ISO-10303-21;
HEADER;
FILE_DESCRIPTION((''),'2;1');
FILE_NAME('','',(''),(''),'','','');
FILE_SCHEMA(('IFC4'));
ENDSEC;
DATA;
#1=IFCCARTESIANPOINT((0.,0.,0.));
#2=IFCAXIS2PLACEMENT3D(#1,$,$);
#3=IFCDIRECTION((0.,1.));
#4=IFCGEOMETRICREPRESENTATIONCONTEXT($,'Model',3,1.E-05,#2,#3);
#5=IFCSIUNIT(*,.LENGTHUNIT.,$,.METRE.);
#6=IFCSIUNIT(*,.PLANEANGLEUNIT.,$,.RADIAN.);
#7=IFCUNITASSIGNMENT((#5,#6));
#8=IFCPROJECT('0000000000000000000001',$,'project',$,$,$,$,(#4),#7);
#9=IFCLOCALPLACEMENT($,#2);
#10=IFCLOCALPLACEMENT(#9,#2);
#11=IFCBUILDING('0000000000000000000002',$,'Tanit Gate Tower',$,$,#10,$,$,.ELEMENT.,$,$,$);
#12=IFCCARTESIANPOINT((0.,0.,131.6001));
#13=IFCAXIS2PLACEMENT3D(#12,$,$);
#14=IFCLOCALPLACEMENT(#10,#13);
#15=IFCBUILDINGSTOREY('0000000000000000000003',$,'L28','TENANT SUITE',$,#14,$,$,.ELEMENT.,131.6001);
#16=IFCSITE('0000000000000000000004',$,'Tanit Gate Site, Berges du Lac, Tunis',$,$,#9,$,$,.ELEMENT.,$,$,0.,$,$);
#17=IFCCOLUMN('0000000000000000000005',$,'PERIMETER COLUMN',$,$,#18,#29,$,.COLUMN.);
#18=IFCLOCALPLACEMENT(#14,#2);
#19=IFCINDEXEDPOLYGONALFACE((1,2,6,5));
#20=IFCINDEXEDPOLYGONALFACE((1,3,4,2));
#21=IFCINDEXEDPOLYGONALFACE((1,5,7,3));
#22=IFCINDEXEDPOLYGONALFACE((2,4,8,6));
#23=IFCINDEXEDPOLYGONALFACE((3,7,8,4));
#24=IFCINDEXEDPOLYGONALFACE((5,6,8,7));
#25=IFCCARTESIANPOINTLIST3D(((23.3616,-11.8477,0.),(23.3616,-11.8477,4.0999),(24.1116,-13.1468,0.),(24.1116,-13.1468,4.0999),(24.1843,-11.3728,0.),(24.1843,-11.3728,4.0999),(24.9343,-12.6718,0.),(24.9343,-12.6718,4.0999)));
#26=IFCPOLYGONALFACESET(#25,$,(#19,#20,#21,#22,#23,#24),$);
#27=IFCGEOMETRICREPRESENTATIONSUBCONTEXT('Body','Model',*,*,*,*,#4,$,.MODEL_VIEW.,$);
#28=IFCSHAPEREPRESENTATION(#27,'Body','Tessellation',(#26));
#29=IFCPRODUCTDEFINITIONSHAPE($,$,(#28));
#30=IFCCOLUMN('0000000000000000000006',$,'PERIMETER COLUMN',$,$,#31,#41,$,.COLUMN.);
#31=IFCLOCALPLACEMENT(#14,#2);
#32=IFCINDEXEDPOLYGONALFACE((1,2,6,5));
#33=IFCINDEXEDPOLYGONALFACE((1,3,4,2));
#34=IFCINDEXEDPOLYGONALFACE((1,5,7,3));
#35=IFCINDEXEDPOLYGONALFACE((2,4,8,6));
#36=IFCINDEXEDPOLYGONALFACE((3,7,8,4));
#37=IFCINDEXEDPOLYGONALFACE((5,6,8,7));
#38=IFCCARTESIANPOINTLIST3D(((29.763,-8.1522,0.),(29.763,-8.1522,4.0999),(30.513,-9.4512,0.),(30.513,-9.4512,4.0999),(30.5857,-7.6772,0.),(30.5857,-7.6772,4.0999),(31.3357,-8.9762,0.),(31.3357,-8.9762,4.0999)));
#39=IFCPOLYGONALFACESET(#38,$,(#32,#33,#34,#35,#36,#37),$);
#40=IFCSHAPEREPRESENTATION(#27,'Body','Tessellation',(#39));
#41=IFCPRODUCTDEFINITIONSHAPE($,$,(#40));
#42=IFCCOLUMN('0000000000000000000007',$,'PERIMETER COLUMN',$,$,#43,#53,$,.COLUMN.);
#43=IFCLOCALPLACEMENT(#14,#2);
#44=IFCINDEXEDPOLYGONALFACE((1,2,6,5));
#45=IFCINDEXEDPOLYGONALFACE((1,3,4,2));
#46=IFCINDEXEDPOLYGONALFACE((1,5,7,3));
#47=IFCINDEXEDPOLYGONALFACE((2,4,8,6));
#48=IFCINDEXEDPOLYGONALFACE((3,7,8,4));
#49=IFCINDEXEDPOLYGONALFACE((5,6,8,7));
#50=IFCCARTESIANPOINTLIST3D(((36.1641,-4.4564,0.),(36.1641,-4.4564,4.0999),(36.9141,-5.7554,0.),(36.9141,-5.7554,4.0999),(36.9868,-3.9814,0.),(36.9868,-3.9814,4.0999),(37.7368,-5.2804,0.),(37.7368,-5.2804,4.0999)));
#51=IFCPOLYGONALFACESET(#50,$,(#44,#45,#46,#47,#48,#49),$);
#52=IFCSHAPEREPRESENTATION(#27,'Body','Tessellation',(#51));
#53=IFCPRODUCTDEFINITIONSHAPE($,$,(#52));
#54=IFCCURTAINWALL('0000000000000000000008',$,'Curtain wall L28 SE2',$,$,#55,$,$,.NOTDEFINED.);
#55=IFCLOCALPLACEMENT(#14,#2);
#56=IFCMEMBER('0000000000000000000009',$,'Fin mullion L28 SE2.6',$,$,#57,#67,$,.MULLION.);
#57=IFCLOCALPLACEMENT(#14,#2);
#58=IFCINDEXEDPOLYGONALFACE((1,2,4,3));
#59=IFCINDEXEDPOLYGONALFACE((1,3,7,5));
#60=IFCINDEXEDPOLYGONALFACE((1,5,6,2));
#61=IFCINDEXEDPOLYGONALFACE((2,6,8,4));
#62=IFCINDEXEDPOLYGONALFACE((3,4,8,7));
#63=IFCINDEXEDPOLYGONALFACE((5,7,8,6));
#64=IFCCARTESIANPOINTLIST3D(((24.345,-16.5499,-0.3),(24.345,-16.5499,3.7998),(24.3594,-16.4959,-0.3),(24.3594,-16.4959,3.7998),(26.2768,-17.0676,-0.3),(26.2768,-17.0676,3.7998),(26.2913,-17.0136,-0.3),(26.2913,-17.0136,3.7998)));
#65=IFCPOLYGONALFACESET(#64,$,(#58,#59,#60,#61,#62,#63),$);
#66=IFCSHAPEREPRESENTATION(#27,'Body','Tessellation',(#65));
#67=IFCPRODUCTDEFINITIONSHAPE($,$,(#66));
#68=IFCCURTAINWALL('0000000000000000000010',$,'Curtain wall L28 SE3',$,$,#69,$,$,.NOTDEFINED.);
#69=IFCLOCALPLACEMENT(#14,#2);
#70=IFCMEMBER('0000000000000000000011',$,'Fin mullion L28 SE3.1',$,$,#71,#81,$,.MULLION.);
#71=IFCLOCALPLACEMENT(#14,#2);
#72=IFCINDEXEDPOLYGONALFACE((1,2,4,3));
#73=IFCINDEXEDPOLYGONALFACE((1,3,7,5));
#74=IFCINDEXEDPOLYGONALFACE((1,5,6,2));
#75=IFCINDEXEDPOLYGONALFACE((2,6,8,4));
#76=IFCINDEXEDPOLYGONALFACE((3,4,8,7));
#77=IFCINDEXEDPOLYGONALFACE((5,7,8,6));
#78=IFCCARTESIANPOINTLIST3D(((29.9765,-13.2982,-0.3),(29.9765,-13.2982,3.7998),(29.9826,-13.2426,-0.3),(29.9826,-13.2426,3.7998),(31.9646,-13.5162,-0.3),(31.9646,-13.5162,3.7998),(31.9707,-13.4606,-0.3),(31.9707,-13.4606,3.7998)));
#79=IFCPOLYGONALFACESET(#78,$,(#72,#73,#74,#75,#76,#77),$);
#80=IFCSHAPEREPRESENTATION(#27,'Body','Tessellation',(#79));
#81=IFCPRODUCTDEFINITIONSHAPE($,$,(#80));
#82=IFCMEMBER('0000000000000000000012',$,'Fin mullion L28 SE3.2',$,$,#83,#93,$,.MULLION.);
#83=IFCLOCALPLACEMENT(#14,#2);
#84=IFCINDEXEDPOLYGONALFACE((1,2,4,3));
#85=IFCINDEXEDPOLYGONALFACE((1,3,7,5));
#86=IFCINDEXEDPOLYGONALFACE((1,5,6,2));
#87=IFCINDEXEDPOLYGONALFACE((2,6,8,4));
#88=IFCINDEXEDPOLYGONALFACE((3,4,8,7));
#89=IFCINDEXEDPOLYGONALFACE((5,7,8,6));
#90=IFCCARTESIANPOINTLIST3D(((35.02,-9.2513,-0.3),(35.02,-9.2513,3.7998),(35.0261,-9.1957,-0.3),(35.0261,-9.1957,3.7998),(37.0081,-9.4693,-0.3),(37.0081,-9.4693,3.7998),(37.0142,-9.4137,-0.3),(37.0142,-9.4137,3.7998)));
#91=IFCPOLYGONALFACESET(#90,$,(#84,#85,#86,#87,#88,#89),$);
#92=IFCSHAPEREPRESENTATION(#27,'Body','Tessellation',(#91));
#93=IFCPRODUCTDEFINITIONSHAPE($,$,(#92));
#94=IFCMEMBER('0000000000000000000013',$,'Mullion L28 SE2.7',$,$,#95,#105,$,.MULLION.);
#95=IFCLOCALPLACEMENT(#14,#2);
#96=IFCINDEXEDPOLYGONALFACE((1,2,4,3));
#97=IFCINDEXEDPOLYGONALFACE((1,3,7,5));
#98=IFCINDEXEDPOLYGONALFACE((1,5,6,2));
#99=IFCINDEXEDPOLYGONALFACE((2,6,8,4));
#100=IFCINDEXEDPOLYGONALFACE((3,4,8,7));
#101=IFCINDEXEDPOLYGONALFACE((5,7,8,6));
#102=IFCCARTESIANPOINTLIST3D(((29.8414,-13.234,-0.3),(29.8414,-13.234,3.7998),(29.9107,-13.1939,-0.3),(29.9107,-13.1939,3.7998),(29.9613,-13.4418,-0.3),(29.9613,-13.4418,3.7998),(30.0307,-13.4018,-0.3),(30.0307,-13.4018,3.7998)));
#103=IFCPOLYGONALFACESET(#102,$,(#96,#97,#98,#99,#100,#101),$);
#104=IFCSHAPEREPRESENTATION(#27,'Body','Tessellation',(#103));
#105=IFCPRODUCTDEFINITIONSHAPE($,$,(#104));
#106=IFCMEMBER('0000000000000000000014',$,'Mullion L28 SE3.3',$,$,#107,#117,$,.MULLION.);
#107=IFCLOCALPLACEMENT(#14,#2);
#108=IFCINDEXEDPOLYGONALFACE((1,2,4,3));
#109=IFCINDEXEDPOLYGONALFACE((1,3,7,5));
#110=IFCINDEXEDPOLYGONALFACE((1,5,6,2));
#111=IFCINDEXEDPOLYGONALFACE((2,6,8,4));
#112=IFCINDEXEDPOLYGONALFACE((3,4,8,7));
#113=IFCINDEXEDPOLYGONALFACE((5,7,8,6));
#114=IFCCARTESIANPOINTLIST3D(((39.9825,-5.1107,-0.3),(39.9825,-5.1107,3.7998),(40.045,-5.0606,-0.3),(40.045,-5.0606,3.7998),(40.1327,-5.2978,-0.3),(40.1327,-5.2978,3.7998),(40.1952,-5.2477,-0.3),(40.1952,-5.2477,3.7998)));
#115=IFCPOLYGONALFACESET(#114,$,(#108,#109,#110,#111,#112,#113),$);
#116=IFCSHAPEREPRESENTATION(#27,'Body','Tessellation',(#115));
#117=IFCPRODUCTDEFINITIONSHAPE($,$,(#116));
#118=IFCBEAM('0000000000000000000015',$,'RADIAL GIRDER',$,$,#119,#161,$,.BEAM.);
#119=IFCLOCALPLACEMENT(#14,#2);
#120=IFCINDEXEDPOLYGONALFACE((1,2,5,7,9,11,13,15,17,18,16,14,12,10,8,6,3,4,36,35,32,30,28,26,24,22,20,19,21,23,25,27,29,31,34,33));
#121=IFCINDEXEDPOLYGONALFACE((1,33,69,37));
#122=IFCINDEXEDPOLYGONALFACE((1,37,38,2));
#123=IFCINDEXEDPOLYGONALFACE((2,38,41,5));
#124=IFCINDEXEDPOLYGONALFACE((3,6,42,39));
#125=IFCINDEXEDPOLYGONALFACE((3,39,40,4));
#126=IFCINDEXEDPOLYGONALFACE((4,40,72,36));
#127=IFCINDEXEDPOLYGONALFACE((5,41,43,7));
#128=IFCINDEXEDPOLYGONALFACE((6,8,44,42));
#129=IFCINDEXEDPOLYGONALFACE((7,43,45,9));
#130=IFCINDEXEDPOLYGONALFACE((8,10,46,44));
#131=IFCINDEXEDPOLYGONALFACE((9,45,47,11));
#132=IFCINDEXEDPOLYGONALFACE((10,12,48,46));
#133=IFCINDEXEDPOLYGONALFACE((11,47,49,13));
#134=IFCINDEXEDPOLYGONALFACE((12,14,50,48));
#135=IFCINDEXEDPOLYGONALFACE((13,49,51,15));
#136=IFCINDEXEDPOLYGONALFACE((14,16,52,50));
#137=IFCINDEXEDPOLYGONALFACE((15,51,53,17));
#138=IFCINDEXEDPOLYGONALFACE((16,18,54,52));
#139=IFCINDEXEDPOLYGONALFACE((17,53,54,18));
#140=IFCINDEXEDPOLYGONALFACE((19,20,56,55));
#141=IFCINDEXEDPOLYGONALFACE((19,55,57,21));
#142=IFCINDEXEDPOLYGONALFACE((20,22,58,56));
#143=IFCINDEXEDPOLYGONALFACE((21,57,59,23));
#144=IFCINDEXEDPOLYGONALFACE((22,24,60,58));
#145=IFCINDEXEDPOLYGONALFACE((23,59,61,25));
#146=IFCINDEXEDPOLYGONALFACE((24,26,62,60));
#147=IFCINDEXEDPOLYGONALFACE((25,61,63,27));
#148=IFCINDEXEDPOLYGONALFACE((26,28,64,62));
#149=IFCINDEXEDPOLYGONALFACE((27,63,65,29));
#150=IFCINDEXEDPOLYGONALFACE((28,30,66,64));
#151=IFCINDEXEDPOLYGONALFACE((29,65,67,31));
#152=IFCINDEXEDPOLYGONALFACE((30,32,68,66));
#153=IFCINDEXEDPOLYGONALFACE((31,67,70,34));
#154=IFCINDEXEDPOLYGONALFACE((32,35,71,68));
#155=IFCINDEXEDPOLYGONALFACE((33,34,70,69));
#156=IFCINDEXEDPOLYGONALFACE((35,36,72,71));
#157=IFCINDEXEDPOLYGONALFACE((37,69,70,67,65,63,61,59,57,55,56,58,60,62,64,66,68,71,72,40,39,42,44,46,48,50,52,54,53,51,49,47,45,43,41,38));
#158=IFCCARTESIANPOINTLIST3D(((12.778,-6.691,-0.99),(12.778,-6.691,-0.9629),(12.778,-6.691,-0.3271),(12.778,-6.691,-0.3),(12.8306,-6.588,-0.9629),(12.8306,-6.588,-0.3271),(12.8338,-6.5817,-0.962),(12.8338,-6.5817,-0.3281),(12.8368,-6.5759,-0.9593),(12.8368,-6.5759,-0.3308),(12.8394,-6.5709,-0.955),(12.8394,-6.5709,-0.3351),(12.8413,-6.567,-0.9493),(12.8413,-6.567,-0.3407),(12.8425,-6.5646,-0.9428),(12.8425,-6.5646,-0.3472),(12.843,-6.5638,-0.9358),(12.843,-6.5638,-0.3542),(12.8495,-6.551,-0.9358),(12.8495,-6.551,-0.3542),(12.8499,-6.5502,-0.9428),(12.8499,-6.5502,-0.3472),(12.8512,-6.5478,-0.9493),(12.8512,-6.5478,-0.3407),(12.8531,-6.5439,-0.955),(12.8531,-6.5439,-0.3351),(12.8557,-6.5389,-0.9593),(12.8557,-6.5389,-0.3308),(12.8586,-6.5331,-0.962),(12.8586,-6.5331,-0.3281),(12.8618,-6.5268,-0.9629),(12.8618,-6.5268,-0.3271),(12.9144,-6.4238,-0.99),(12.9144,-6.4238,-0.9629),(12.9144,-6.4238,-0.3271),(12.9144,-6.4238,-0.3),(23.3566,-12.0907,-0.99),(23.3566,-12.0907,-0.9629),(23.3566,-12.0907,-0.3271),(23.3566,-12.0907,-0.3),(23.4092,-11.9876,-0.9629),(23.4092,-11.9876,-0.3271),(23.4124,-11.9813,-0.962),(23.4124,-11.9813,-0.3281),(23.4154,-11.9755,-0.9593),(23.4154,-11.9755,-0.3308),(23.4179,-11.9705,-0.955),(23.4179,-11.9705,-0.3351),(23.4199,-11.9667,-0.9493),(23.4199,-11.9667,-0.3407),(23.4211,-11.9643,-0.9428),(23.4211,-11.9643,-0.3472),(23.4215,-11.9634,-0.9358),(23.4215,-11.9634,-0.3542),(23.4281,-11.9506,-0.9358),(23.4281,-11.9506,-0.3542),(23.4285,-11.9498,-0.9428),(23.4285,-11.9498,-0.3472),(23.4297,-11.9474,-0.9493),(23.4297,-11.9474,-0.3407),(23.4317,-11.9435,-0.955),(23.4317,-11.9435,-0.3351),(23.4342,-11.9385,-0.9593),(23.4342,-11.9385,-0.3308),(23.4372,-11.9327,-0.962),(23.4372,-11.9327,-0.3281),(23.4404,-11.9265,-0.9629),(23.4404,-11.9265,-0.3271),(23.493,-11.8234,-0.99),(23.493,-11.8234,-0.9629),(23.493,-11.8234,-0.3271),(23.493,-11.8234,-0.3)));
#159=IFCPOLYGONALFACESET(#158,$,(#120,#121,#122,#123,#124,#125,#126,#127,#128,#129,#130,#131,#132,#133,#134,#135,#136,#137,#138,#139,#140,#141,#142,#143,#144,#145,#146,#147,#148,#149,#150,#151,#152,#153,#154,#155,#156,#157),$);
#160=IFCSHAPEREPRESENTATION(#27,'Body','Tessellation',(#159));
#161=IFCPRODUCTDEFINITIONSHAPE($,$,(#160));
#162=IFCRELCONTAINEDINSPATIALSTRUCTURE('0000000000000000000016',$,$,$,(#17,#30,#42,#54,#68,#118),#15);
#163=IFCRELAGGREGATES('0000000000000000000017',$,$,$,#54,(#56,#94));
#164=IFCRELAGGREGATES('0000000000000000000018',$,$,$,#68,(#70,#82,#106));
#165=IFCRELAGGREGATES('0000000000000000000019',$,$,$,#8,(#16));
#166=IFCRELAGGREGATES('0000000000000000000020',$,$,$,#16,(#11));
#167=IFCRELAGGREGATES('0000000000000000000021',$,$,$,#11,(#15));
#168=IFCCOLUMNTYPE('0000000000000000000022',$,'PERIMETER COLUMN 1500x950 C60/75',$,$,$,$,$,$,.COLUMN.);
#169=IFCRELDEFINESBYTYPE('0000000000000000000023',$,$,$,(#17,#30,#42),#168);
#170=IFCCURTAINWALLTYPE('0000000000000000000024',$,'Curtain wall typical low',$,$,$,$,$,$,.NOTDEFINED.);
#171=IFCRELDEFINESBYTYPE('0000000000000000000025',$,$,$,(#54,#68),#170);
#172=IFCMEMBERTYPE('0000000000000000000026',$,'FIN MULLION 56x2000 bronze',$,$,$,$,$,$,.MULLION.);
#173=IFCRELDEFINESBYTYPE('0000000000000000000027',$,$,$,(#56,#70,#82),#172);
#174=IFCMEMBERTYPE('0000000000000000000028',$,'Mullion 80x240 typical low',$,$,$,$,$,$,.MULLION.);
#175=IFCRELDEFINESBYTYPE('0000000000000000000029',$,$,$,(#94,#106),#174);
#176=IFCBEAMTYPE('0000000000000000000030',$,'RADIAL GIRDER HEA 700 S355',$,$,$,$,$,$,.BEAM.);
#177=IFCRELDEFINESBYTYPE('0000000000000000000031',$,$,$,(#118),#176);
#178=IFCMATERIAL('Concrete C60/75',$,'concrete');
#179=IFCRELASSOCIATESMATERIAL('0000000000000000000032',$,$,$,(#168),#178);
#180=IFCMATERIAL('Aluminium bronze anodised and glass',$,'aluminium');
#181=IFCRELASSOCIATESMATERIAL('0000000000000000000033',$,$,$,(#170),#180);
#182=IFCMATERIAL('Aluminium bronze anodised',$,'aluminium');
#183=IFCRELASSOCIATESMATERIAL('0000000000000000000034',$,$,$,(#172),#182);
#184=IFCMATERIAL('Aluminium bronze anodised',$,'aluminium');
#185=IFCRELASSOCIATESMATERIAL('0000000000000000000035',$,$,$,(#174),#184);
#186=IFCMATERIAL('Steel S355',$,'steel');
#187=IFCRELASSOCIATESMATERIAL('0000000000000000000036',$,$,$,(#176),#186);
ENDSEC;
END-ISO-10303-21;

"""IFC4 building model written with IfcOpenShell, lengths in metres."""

from ifc_helpers import new_model, si_unit, direction, frame, origin, origin_2d, place, context, subcontext, project, spatial, rectangle, i_section, extrude, material, material_profile, profile_set, type_object, element, aggregate, save


model = new_model("IFC4")

# Units and contexts
model_context = context("Model", 3, precision=1e-05, world=origin(), true_north=direction((0.0, 1.0)))
body_context = subcontext(model_context, "Body", "Model", "MODEL_VIEW")
ifc_project = project(units=[si_unit("LENGTHUNIT", "METRE"), si_unit("PLANEANGLEUNIT", "RADIAN")], contexts=[model_context])

# Site, building, storey
site_placement = place(None, origin())
site = spatial("IfcSite", under=ifc_project, at=site_placement, Name="Tanit Gate Site, Berges du Lac, Tunis", CompositionType="ELEMENT", RefElevation=0.0)
building_placement = place(site_placement, origin())
building = spatial("IfcBuilding", under=site, at=building_placement, Name="Tanit Gate Tower", CompositionType="ELEMENT")
storey_placement = place(building_placement, frame((0.0, 0.0, 131.6001)))
storey = spatial("IfcBuildingStorey", under=building, at=storey_placement, Name="L28", Description="TENANT SUITE", CompositionType="ELEMENT", Elevation=131.6001)

# Columns
ifc_material_1 = material(Name="Concrete C60/75", Category="concrete")
ifc_material_profile_1 = material_profile(ifc_material_1, rectangle(XDim=1.5, YDim=0.95, at=origin_2d()), Name="RC 1500x950")
ifc_profile_set_1 = profile_set([ifc_material_profile_1], Name="Concrete C60/75")
column_type = type_object("IfcColumnType", Name="PERIMETER COLUMN 1500x950 C60/75", PredefinedType="COLUMN", material=ifc_profile_set_1)
for number, where, z_axis, x_axis, name in (
    (1, (24.1479, -12.2598, 0.0), (0.0, 0.0, 1.0), (0.5, -0.866025, 0.0), "PERIMETER COLUMN"),
    (2, (30.5493, -8.5642, 0.0), (0.0, 0.0, 1.0), (0.5, -0.866025, 0.0), "PERIMETER COLUMN"),
    (3, (36.9504, -4.8684, 0.0), (0.0, 0.0, 1.0), (0.5, -0.866025, 0.0), "PERIMETER COLUMN"),
):
    element("IfcColumn", number, at=place(storey_placement, frame(where, z_axis=z_axis, x_axis=x_axis)), inside=storey, type_object=column_type, Name=name, PredefinedType="COLUMN", context=body_context, shape_type="SweptSolid", body=[
        extrude(rectangle(XDim=1.5, YDim=0.95, at=origin_2d()), origin(), (0.0, 0.0, 1.0), 4.0999),
    ])

# Curtain wall, member
ifc_material_2 = material(Name="Aluminium bronze anodised and glass", Category="aluminium")
curtain_wall_type = type_object("IfcCurtainWallType", Name="Curtain wall typical low", PredefinedType="NOTDEFINED", material=ifc_material_2)
curtain_wall_1_placement = place(storey_placement, origin())
curtain_wall_1 = element("IfcCurtainWall", 4, at=curtain_wall_1_placement, inside=storey, type_object=curtain_wall_type, Name="Curtain wall L28 SE2", PredefinedType="NOTDEFINED")
ifc_material_3 = material(Name="Aluminium bronze anodised", Category="aluminium")
ifc_material_profile_2 = material_profile(ifc_material_3, rectangle(XDim=2.0, YDim=0.0559, at=origin_2d()), Name="56x2000 bronze fin mullion")
ifc_profile_set_2 = profile_set([ifc_material_profile_2], Name="Aluminium bronze anodised")
member_type_1 = type_object("IfcMemberType", Name="FIN MULLION 56x2000 bronze", PredefinedType="MULLION", material=ifc_profile_set_2)
member_1_placement = place(storey_placement, frame((25.3181, -16.7817, -0.3), z_axis=(0.0, 0.0, 1.0), x_axis=(-0.965908, 0.258886, 0.0)))
member_1 = element("IfcMember", 5, at=member_1_placement, type_object=member_type_1, Name="Fin mullion L28 SE2.6", PredefinedType="MULLION", context=body_context, shape_type="SweptSolid", body=[
    extrude(rectangle(XDim=2.0, YDim=0.0559, at=origin_2d()), origin(), (0.0, 0.0, 1.0), 4.0999),
])

# Curtain wall, members
curtain_wall_2_placement = place(storey_placement, origin())
curtain_wall_2 = element("IfcCurtainWall", 6, at=curtain_wall_2_placement, inside=storey, type_object=curtain_wall_type, Name="Curtain wall L28 SE3", PredefinedType="NOTDEFINED")
member_2_placement = place(storey_placement, frame((30.9736, -13.3794, -0.3), z_axis=(0.0, 0.0, 1.0), x_axis=(-0.994044, 0.108983, 0.0)))
member_2 = element("IfcMember", 7, at=member_2_placement, type_object=member_type_1, Name="Fin mullion L28 SE3.1", PredefinedType="MULLION", context=body_context, shape_type="SweptSolid", body=[
    extrude(rectangle(XDim=2.0, YDim=0.0559, at=origin_2d()), origin(), (0.0, 0.0, 1.0), 4.0999),
])
member_3_placement = place(storey_placement, frame((36.0171, -9.3325, -0.3), z_axis=(0.0, 0.0, 1.0), x_axis=(-0.994044, 0.108983, 0.0)))
member_3 = element("IfcMember", 8, at=member_3_placement, type_object=member_type_1, Name="Fin mullion L28 SE3.2", PredefinedType="MULLION", context=body_context, shape_type="SweptSolid", body=[
    extrude(rectangle(XDim=2.0, YDim=0.0559, at=origin_2d()), origin(), (0.0, 0.0, 1.0), 4.0999),
])

# Members
ifc_material_4 = material(Name="Aluminium bronze anodised", Category="aluminium")
ifc_material_profile_3 = material_profile(ifc_material_4, rectangle(XDim=0.24, YDim=0.0801, at=origin_2d()), Name="80x240 bronze mullion")
ifc_profile_set_3 = profile_set([ifc_material_profile_3], Name="Aluminium bronze anodised")
member_type_2 = type_object("IfcMemberType", Name="Mullion 80x240 typical low", PredefinedType="MULLION", material=ifc_profile_set_3)
member_4_placement = place(storey_placement, frame((29.936, -13.3179, -0.3), z_axis=(0.0, 0.0, 1.0), x_axis=(-0.49994, 0.86606, 0.0)))
member_4 = element("IfcMember", 9, at=member_4_placement, type_object=member_type_2, Name="Mullion L28 SE2.7", PredefinedType="MULLION", context=body_context, shape_type="SweptSolid", body=[
    extrude(rectangle(XDim=0.24, YDim=0.0801, at=origin_2d()), origin(), (0.0, 0.0, 1.0), 4.0999),
])
member_5_placement = place(storey_placement, frame((40.0889, -5.1792, -0.3), z_axis=(0.0, 0.0, 1.0), x_axis=(-0.625832, 0.779958, 0.0)))
member_5 = element("IfcMember", 10, at=member_5_placement, type_object=member_type_2, Name="Mullion L28 SE3.3", PredefinedType="MULLION", context=body_context, shape_type="SweptSolid", body=[
    extrude(rectangle(XDim=0.24, YDim=0.0801, at=origin_2d()), origin(), (0.0, 0.0, 1.0), 4.0999),
])

# Beam
ifc_material_5 = material(Name="Steel S355", Category="steel")
ifc_material_profile_4 = material_profile(ifc_material_5, i_section(OverallWidth=0.3, OverallDepth=0.6899, WebThickness=0.0144, FlangeThickness=0.0271, FilletRadius=0.0271, at=origin_2d()), Name="HEA 700")
ifc_profile_set_4 = profile_set([ifc_material_profile_4], Name="Steel S355")
beam_type_1 = type_object("IfcBeamType", Name="RADIAL GIRDER HEA 700 S355", PredefinedType="BEAM", material=ifc_profile_set_4)
beam_1_placement = place(storey_placement, frame((23.4248, -11.957, -0.645), z_axis=(-0.89068, 0.454631, 0.0), x_axis=(-0.454631, -0.89068, 0.0)))
element("IfcBeam", 11, at=beam_1_placement, inside=storey, type_object=beam_type_1, Name="RADIAL GIRDER", PredefinedType="BEAM", context=body_context, shape_type="SweptSolid", body=[
    extrude(i_section(OverallWidth=0.3, OverallDepth=0.6899, WebThickness=0.0144, FlangeThickness=0.0271, FilletRadius=0.0271, at=origin_2d()), origin(), (0.0, 0.0, 1.0), 11.877),
])

aggregate(curtain_wall_1, [member_1, member_4])
aggregate(curtain_wall_2, [member_2, member_3, member_5])

save(model, "model.ifc")
